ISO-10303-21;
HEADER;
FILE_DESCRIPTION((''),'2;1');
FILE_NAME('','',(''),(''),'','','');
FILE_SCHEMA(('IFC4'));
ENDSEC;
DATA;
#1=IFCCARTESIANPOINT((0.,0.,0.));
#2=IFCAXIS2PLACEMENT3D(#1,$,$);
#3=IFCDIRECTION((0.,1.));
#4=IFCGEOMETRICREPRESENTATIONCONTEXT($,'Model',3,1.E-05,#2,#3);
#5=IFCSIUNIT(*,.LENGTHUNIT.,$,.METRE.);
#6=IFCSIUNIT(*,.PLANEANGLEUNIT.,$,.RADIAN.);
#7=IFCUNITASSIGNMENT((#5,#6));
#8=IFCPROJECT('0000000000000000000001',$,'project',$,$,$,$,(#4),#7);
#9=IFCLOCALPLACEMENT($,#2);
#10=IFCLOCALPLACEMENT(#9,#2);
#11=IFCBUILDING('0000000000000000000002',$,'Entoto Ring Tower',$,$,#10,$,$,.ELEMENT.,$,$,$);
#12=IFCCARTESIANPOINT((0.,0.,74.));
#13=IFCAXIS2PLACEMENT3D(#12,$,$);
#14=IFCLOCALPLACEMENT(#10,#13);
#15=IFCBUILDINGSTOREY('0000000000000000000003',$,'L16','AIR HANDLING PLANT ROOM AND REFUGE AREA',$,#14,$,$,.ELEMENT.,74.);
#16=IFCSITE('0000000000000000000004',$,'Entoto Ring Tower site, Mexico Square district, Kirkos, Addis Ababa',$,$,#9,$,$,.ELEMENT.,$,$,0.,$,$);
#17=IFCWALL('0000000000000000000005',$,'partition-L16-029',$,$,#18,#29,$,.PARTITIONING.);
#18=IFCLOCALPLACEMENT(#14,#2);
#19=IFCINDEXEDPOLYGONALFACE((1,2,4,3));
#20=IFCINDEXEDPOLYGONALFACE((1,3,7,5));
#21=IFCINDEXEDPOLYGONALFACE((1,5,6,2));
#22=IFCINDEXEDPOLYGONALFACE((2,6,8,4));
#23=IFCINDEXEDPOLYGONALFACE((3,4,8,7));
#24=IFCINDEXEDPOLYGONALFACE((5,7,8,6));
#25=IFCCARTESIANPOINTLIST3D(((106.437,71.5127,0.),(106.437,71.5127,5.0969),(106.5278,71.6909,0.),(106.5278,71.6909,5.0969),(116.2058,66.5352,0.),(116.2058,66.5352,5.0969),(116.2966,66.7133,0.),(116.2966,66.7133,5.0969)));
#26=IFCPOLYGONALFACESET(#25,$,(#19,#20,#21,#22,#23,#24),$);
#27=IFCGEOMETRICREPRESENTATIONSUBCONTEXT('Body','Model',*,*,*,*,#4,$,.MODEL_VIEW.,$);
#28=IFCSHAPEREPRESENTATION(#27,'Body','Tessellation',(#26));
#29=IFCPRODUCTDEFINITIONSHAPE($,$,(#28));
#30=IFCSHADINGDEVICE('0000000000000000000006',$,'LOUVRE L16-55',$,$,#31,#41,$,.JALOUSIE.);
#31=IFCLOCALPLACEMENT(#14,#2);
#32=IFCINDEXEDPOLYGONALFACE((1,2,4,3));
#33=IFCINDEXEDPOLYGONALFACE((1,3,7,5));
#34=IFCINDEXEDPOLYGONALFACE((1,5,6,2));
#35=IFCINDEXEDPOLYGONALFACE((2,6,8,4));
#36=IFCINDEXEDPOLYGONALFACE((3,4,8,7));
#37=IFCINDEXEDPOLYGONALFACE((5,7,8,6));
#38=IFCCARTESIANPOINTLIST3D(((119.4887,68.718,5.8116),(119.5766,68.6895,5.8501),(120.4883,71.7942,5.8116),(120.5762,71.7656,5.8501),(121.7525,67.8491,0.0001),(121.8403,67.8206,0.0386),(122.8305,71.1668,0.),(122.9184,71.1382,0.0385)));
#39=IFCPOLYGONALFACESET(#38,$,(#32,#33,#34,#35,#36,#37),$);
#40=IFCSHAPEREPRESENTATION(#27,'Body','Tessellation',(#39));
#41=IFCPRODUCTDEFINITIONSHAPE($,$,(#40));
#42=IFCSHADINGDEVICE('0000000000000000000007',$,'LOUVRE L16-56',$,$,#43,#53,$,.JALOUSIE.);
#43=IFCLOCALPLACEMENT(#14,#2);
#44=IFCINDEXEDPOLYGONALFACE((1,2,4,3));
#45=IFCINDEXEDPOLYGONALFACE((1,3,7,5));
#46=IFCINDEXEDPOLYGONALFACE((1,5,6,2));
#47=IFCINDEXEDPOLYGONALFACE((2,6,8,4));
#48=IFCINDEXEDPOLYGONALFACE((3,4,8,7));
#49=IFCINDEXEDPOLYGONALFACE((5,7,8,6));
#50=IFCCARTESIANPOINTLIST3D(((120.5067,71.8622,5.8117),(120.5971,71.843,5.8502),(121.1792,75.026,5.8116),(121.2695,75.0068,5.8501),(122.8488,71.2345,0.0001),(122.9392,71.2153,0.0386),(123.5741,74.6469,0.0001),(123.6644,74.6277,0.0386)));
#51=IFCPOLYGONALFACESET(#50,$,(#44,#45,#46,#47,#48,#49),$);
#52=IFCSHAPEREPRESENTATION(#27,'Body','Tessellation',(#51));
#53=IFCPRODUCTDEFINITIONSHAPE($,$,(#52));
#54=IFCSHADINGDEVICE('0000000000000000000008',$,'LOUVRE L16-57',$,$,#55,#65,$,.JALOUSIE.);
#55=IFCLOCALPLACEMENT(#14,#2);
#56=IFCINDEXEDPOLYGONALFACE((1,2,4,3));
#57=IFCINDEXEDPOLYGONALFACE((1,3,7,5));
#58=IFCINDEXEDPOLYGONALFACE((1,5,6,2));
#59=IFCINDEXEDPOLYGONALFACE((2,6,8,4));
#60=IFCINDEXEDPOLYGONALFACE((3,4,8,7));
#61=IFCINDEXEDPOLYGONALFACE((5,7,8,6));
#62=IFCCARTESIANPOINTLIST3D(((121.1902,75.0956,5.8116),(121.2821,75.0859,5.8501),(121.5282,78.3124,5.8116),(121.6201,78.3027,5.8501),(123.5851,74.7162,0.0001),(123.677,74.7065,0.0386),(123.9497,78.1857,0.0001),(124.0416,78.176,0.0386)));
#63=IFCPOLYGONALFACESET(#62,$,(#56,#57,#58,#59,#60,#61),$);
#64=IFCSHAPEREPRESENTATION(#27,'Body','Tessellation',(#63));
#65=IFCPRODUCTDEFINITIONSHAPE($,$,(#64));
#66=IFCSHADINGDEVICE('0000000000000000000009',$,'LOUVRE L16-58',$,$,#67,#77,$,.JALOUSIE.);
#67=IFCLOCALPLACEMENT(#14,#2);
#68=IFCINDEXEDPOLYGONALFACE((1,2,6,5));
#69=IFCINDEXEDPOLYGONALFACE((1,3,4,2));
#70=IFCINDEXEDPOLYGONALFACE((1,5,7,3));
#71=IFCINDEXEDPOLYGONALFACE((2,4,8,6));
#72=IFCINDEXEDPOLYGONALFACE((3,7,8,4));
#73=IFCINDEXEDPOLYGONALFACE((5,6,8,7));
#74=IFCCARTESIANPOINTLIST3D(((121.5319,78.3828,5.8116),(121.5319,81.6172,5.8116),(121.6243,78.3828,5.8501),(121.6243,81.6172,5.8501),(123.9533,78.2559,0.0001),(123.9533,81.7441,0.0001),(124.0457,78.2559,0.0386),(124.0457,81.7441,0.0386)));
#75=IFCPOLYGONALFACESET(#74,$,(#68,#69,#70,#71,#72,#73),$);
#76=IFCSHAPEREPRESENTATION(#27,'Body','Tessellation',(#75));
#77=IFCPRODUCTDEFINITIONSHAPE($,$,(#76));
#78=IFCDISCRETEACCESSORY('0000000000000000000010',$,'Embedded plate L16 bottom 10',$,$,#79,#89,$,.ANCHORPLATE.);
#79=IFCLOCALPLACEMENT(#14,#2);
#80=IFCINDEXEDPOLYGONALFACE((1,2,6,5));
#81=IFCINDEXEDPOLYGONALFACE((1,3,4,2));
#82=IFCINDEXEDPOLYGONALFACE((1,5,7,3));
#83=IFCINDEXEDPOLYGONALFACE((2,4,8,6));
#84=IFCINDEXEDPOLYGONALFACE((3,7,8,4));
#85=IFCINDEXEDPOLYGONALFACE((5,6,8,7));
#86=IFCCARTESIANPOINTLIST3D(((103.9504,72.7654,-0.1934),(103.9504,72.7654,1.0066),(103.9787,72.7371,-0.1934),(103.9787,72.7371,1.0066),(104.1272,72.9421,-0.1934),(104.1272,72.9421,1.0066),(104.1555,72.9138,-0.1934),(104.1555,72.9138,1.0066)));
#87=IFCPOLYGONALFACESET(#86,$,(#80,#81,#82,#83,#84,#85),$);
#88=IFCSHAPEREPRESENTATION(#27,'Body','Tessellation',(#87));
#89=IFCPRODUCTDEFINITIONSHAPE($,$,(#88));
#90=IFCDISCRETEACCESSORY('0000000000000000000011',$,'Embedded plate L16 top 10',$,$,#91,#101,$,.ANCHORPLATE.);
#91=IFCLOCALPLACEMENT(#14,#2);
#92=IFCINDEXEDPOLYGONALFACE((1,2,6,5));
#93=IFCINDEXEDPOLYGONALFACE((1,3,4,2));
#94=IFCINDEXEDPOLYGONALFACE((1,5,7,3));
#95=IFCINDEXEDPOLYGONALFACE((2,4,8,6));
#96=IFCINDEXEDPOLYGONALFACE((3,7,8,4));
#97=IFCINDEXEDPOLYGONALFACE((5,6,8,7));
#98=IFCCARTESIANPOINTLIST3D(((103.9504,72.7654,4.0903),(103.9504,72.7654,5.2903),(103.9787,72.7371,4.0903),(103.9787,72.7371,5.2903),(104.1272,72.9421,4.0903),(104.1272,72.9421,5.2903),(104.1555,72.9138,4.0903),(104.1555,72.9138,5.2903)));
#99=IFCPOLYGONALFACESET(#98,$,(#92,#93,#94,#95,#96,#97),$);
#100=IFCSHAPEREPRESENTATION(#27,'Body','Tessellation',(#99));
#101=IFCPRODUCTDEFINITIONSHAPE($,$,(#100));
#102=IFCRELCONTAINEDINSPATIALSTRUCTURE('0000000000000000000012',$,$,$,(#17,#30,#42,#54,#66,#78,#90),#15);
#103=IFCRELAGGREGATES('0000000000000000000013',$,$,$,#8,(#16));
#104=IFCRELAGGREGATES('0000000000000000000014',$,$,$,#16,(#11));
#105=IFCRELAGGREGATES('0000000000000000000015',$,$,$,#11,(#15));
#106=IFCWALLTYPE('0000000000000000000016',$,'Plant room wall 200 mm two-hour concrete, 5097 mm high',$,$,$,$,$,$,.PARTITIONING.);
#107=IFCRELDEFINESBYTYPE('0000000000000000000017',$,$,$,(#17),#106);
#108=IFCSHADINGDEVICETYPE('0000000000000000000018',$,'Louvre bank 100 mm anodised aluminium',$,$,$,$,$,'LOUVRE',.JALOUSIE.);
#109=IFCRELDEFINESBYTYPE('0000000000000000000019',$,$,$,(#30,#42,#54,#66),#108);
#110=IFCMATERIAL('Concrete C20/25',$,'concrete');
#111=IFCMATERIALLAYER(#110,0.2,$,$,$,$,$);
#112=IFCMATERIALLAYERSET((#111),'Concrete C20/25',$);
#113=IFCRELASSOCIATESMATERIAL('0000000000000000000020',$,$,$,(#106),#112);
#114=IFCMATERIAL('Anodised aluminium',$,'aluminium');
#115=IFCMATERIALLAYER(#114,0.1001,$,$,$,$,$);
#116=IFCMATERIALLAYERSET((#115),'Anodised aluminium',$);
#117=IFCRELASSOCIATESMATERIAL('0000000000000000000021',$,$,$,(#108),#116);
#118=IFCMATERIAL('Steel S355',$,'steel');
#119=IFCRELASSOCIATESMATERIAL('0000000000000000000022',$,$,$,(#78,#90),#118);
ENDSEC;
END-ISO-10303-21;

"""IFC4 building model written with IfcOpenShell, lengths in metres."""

from ifc_helpers import new_model, si_unit, direction, frame, frame_2d, origin, origin_2d, place, context, subcontext, project, spatial, polyline, rectangle, outline, extrude, material, layer, layer_set, type_object, element, save


model = new_model("IFC4")

# Units and contexts
model_context = context("Model", 3, precision=1e-05, world=origin(), true_north=direction((0.0, 1.0)))
body_context = subcontext(model_context, "Body", "Model", "MODEL_VIEW")
ifc_project = project(units=[si_unit("LENGTHUNIT", "METRE"), si_unit("PLANEANGLEUNIT", "RADIAN")], contexts=[model_context])

# Site, building, storey
site_placement = place(None, origin())
site = spatial("IfcSite", under=ifc_project, at=site_placement, Name="Entoto Ring Tower site, Mexico Square district, Kirkos, Addis Ababa", CompositionType="ELEMENT", RefElevation=0.0)
building_placement = place(site_placement, origin())
building = spatial("IfcBuilding", under=site, at=building_placement, Name="Entoto Ring Tower", CompositionType="ELEMENT")
storey_placement = place(building_placement, frame((0.0, 0.0, 74.0)))
storey = spatial("IfcBuildingStorey", under=building, at=storey_placement, Name="L16", Description="AIR HANDLING PLANT ROOM AND REFUGE AREA", CompositionType="ELEMENT", Elevation=74.0)

# Wall
ifc_material_1 = material(Name="Concrete C20/25", Category="concrete")
ifc_layer_1 = layer(ifc_material_1, 0.2)
ifc_layer_set_1 = layer_set([ifc_layer_1], Name="Concrete C20/25")
wall_type_1 = type_object("IfcWallType", Name="Plant room wall 200 mm two-hour concrete, 5097 mm high", PredefinedType="PARTITIONING", material=ifc_layer_set_1)
wall_1_placement = place(storey_placement, frame((116.2512, 66.6243, 0.0), z_axis=(0.0, 0.0, 1.0), x_axis=(-0.891003, 0.453997, 0.0)))
element("IfcWall", 1, at=wall_1_placement, inside=storey, type_object=wall_type_1, Name="partition-L16-029", PredefinedType="PARTITIONING", context=body_context, shape_type="SweptSolid", body=[
    extrude(rectangle(XDim=10.9639, YDim=0.2, at=frame_2d((5.4819, 0.0))), origin(), (0.0, 0.0, 1.0), 5.0969),
])

# Shading devices
ifc_material_2 = material(Name="Anodised aluminium", Category="aluminium")
ifc_layer_2 = layer(ifc_material_2, 0.1001)
ifc_layer_set_2 = layer_set([ifc_layer_2], Name="Anodised aluminium")
shading_device_type = type_object("IfcShadingDeviceType", Name="Louvre bank 100 mm anodised aluminium", ElementType="LOUVRE", PredefinedType="JALOUSIE", material=ifc_layer_set_2)
shading_device_1_placement = place(storey_placement, frame((121.8403, 67.8206, 0.0386), z_axis=(0.877892, -0.285267, 0.384614), x_axis=(0.309042, 0.951048, -0.000007)))
element("IfcShadingDevice", 2, at=shading_device_1_placement, inside=storey, type_object=shading_device_type, Name="LOUVRE L16-55", PredefinedType="JALOUSIE", context=body_context, shape_type="SweptSolid", body=[
    extrude(outline(polyline([(0.0, 0.0), (3.4884, 0.0), (3.3612, 6.2958), (0.1267, 6.2958), (0.0, 0.0)])), origin(), (0.0, 0.0, -1.0), 0.1001),
])
shading_device_2_placement = place(storey_placement, frame((122.9392, 71.2153, 0.0386), z_axis=(0.90291, -0.191905, 0.384611), x_axis=(0.20789, 0.978152, 0.000017)))
element("IfcShadingDevice", 3, at=shading_device_2_placement, inside=storey, type_object=shading_device_type, Name="LOUVRE L16-56", PredefinedType="JALOUSIE", context=body_context, shape_type="SweptSolid", body=[
    extrude(outline(polyline([(0.0, 0.0), (3.4885, 0.0), (3.3617, 6.2957), (0.1271, 6.2959), (0.0, 0.0)])), origin(), (0.0, 0.0, -1.0), 0.1001),
])
shading_device_3_placement = place(storey_placement, frame((123.677, 74.7065, 0.0386), z_axis=(0.918022, -0.096472, 0.384615), x_axis=(0.104507, 0.994524, 0.000009)))
element("IfcShadingDevice", 4, at=shading_device_3_placement, inside=storey, type_object=shading_device_type, Name="LOUVRE L16-57", PredefinedType="JALOUSIE", context=body_context, shape_type="SweptSolid", body=[
    extrude(outline(polyline([(0.0, 0.0), (3.4886, 0.0), (3.3616, 6.2958), (0.1271, 6.2958), (0.0, 0.0)])), origin(), (0.0, 0.0, -1.0), 0.1001),
])
shading_device_4_placement = place(storey_placement, frame((124.0457, 78.2559, 0.0386), z_axis=(0.923082, 0.0, 0.384604), x_axis=(0.0, 1.0, 0.0)))
element("IfcShadingDevice", 5, at=shading_device_4_placement, inside=storey, type_object=shading_device_type, Name="LOUVRE L16-58", PredefinedType="JALOUSIE", context=body_context, shape_type="SweptSolid", body=[
    extrude(outline(polyline([(0.0, 0.0), (3.4883, 0.0), (3.3613, 6.2958), (0.127, 6.2958), (0.0, 0.0)])), origin(), (0.0, 0.0, -1.0), 0.1001),
])

# Discrete accessories
ifc_material_3 = material(Name="Steel S355", Category="steel")
for number, where, z_axis, x_axis, name in (
    (6, (104.053, 72.8396, -0.1934), (0.0, 0.0, 1.0), (0.707107, -0.707107, 0.0), "Embedded plate L16 bottom 10"),
    (7, (104.053, 72.8396, 4.0903), (0.0, 0.0, 1.0), (0.707107, -0.707107, 0.0), "Embedded plate L16 top 10"),
):
    element("IfcDiscreteAccessory", number, at=place(storey_placement, frame(where, z_axis=z_axis, x_axis=x_axis)), inside=storey, material=ifc_material_3, Name=name, PredefinedType="ANCHORPLATE", context=body_context, shape_type="SweptSolid", body=[
        extrude(rectangle(XDim=0.04, YDim=0.25, at=origin_2d()), origin(), (0.0, 0.0, 1.0), 1.2),
    ])

save(model, "model.ifc")
